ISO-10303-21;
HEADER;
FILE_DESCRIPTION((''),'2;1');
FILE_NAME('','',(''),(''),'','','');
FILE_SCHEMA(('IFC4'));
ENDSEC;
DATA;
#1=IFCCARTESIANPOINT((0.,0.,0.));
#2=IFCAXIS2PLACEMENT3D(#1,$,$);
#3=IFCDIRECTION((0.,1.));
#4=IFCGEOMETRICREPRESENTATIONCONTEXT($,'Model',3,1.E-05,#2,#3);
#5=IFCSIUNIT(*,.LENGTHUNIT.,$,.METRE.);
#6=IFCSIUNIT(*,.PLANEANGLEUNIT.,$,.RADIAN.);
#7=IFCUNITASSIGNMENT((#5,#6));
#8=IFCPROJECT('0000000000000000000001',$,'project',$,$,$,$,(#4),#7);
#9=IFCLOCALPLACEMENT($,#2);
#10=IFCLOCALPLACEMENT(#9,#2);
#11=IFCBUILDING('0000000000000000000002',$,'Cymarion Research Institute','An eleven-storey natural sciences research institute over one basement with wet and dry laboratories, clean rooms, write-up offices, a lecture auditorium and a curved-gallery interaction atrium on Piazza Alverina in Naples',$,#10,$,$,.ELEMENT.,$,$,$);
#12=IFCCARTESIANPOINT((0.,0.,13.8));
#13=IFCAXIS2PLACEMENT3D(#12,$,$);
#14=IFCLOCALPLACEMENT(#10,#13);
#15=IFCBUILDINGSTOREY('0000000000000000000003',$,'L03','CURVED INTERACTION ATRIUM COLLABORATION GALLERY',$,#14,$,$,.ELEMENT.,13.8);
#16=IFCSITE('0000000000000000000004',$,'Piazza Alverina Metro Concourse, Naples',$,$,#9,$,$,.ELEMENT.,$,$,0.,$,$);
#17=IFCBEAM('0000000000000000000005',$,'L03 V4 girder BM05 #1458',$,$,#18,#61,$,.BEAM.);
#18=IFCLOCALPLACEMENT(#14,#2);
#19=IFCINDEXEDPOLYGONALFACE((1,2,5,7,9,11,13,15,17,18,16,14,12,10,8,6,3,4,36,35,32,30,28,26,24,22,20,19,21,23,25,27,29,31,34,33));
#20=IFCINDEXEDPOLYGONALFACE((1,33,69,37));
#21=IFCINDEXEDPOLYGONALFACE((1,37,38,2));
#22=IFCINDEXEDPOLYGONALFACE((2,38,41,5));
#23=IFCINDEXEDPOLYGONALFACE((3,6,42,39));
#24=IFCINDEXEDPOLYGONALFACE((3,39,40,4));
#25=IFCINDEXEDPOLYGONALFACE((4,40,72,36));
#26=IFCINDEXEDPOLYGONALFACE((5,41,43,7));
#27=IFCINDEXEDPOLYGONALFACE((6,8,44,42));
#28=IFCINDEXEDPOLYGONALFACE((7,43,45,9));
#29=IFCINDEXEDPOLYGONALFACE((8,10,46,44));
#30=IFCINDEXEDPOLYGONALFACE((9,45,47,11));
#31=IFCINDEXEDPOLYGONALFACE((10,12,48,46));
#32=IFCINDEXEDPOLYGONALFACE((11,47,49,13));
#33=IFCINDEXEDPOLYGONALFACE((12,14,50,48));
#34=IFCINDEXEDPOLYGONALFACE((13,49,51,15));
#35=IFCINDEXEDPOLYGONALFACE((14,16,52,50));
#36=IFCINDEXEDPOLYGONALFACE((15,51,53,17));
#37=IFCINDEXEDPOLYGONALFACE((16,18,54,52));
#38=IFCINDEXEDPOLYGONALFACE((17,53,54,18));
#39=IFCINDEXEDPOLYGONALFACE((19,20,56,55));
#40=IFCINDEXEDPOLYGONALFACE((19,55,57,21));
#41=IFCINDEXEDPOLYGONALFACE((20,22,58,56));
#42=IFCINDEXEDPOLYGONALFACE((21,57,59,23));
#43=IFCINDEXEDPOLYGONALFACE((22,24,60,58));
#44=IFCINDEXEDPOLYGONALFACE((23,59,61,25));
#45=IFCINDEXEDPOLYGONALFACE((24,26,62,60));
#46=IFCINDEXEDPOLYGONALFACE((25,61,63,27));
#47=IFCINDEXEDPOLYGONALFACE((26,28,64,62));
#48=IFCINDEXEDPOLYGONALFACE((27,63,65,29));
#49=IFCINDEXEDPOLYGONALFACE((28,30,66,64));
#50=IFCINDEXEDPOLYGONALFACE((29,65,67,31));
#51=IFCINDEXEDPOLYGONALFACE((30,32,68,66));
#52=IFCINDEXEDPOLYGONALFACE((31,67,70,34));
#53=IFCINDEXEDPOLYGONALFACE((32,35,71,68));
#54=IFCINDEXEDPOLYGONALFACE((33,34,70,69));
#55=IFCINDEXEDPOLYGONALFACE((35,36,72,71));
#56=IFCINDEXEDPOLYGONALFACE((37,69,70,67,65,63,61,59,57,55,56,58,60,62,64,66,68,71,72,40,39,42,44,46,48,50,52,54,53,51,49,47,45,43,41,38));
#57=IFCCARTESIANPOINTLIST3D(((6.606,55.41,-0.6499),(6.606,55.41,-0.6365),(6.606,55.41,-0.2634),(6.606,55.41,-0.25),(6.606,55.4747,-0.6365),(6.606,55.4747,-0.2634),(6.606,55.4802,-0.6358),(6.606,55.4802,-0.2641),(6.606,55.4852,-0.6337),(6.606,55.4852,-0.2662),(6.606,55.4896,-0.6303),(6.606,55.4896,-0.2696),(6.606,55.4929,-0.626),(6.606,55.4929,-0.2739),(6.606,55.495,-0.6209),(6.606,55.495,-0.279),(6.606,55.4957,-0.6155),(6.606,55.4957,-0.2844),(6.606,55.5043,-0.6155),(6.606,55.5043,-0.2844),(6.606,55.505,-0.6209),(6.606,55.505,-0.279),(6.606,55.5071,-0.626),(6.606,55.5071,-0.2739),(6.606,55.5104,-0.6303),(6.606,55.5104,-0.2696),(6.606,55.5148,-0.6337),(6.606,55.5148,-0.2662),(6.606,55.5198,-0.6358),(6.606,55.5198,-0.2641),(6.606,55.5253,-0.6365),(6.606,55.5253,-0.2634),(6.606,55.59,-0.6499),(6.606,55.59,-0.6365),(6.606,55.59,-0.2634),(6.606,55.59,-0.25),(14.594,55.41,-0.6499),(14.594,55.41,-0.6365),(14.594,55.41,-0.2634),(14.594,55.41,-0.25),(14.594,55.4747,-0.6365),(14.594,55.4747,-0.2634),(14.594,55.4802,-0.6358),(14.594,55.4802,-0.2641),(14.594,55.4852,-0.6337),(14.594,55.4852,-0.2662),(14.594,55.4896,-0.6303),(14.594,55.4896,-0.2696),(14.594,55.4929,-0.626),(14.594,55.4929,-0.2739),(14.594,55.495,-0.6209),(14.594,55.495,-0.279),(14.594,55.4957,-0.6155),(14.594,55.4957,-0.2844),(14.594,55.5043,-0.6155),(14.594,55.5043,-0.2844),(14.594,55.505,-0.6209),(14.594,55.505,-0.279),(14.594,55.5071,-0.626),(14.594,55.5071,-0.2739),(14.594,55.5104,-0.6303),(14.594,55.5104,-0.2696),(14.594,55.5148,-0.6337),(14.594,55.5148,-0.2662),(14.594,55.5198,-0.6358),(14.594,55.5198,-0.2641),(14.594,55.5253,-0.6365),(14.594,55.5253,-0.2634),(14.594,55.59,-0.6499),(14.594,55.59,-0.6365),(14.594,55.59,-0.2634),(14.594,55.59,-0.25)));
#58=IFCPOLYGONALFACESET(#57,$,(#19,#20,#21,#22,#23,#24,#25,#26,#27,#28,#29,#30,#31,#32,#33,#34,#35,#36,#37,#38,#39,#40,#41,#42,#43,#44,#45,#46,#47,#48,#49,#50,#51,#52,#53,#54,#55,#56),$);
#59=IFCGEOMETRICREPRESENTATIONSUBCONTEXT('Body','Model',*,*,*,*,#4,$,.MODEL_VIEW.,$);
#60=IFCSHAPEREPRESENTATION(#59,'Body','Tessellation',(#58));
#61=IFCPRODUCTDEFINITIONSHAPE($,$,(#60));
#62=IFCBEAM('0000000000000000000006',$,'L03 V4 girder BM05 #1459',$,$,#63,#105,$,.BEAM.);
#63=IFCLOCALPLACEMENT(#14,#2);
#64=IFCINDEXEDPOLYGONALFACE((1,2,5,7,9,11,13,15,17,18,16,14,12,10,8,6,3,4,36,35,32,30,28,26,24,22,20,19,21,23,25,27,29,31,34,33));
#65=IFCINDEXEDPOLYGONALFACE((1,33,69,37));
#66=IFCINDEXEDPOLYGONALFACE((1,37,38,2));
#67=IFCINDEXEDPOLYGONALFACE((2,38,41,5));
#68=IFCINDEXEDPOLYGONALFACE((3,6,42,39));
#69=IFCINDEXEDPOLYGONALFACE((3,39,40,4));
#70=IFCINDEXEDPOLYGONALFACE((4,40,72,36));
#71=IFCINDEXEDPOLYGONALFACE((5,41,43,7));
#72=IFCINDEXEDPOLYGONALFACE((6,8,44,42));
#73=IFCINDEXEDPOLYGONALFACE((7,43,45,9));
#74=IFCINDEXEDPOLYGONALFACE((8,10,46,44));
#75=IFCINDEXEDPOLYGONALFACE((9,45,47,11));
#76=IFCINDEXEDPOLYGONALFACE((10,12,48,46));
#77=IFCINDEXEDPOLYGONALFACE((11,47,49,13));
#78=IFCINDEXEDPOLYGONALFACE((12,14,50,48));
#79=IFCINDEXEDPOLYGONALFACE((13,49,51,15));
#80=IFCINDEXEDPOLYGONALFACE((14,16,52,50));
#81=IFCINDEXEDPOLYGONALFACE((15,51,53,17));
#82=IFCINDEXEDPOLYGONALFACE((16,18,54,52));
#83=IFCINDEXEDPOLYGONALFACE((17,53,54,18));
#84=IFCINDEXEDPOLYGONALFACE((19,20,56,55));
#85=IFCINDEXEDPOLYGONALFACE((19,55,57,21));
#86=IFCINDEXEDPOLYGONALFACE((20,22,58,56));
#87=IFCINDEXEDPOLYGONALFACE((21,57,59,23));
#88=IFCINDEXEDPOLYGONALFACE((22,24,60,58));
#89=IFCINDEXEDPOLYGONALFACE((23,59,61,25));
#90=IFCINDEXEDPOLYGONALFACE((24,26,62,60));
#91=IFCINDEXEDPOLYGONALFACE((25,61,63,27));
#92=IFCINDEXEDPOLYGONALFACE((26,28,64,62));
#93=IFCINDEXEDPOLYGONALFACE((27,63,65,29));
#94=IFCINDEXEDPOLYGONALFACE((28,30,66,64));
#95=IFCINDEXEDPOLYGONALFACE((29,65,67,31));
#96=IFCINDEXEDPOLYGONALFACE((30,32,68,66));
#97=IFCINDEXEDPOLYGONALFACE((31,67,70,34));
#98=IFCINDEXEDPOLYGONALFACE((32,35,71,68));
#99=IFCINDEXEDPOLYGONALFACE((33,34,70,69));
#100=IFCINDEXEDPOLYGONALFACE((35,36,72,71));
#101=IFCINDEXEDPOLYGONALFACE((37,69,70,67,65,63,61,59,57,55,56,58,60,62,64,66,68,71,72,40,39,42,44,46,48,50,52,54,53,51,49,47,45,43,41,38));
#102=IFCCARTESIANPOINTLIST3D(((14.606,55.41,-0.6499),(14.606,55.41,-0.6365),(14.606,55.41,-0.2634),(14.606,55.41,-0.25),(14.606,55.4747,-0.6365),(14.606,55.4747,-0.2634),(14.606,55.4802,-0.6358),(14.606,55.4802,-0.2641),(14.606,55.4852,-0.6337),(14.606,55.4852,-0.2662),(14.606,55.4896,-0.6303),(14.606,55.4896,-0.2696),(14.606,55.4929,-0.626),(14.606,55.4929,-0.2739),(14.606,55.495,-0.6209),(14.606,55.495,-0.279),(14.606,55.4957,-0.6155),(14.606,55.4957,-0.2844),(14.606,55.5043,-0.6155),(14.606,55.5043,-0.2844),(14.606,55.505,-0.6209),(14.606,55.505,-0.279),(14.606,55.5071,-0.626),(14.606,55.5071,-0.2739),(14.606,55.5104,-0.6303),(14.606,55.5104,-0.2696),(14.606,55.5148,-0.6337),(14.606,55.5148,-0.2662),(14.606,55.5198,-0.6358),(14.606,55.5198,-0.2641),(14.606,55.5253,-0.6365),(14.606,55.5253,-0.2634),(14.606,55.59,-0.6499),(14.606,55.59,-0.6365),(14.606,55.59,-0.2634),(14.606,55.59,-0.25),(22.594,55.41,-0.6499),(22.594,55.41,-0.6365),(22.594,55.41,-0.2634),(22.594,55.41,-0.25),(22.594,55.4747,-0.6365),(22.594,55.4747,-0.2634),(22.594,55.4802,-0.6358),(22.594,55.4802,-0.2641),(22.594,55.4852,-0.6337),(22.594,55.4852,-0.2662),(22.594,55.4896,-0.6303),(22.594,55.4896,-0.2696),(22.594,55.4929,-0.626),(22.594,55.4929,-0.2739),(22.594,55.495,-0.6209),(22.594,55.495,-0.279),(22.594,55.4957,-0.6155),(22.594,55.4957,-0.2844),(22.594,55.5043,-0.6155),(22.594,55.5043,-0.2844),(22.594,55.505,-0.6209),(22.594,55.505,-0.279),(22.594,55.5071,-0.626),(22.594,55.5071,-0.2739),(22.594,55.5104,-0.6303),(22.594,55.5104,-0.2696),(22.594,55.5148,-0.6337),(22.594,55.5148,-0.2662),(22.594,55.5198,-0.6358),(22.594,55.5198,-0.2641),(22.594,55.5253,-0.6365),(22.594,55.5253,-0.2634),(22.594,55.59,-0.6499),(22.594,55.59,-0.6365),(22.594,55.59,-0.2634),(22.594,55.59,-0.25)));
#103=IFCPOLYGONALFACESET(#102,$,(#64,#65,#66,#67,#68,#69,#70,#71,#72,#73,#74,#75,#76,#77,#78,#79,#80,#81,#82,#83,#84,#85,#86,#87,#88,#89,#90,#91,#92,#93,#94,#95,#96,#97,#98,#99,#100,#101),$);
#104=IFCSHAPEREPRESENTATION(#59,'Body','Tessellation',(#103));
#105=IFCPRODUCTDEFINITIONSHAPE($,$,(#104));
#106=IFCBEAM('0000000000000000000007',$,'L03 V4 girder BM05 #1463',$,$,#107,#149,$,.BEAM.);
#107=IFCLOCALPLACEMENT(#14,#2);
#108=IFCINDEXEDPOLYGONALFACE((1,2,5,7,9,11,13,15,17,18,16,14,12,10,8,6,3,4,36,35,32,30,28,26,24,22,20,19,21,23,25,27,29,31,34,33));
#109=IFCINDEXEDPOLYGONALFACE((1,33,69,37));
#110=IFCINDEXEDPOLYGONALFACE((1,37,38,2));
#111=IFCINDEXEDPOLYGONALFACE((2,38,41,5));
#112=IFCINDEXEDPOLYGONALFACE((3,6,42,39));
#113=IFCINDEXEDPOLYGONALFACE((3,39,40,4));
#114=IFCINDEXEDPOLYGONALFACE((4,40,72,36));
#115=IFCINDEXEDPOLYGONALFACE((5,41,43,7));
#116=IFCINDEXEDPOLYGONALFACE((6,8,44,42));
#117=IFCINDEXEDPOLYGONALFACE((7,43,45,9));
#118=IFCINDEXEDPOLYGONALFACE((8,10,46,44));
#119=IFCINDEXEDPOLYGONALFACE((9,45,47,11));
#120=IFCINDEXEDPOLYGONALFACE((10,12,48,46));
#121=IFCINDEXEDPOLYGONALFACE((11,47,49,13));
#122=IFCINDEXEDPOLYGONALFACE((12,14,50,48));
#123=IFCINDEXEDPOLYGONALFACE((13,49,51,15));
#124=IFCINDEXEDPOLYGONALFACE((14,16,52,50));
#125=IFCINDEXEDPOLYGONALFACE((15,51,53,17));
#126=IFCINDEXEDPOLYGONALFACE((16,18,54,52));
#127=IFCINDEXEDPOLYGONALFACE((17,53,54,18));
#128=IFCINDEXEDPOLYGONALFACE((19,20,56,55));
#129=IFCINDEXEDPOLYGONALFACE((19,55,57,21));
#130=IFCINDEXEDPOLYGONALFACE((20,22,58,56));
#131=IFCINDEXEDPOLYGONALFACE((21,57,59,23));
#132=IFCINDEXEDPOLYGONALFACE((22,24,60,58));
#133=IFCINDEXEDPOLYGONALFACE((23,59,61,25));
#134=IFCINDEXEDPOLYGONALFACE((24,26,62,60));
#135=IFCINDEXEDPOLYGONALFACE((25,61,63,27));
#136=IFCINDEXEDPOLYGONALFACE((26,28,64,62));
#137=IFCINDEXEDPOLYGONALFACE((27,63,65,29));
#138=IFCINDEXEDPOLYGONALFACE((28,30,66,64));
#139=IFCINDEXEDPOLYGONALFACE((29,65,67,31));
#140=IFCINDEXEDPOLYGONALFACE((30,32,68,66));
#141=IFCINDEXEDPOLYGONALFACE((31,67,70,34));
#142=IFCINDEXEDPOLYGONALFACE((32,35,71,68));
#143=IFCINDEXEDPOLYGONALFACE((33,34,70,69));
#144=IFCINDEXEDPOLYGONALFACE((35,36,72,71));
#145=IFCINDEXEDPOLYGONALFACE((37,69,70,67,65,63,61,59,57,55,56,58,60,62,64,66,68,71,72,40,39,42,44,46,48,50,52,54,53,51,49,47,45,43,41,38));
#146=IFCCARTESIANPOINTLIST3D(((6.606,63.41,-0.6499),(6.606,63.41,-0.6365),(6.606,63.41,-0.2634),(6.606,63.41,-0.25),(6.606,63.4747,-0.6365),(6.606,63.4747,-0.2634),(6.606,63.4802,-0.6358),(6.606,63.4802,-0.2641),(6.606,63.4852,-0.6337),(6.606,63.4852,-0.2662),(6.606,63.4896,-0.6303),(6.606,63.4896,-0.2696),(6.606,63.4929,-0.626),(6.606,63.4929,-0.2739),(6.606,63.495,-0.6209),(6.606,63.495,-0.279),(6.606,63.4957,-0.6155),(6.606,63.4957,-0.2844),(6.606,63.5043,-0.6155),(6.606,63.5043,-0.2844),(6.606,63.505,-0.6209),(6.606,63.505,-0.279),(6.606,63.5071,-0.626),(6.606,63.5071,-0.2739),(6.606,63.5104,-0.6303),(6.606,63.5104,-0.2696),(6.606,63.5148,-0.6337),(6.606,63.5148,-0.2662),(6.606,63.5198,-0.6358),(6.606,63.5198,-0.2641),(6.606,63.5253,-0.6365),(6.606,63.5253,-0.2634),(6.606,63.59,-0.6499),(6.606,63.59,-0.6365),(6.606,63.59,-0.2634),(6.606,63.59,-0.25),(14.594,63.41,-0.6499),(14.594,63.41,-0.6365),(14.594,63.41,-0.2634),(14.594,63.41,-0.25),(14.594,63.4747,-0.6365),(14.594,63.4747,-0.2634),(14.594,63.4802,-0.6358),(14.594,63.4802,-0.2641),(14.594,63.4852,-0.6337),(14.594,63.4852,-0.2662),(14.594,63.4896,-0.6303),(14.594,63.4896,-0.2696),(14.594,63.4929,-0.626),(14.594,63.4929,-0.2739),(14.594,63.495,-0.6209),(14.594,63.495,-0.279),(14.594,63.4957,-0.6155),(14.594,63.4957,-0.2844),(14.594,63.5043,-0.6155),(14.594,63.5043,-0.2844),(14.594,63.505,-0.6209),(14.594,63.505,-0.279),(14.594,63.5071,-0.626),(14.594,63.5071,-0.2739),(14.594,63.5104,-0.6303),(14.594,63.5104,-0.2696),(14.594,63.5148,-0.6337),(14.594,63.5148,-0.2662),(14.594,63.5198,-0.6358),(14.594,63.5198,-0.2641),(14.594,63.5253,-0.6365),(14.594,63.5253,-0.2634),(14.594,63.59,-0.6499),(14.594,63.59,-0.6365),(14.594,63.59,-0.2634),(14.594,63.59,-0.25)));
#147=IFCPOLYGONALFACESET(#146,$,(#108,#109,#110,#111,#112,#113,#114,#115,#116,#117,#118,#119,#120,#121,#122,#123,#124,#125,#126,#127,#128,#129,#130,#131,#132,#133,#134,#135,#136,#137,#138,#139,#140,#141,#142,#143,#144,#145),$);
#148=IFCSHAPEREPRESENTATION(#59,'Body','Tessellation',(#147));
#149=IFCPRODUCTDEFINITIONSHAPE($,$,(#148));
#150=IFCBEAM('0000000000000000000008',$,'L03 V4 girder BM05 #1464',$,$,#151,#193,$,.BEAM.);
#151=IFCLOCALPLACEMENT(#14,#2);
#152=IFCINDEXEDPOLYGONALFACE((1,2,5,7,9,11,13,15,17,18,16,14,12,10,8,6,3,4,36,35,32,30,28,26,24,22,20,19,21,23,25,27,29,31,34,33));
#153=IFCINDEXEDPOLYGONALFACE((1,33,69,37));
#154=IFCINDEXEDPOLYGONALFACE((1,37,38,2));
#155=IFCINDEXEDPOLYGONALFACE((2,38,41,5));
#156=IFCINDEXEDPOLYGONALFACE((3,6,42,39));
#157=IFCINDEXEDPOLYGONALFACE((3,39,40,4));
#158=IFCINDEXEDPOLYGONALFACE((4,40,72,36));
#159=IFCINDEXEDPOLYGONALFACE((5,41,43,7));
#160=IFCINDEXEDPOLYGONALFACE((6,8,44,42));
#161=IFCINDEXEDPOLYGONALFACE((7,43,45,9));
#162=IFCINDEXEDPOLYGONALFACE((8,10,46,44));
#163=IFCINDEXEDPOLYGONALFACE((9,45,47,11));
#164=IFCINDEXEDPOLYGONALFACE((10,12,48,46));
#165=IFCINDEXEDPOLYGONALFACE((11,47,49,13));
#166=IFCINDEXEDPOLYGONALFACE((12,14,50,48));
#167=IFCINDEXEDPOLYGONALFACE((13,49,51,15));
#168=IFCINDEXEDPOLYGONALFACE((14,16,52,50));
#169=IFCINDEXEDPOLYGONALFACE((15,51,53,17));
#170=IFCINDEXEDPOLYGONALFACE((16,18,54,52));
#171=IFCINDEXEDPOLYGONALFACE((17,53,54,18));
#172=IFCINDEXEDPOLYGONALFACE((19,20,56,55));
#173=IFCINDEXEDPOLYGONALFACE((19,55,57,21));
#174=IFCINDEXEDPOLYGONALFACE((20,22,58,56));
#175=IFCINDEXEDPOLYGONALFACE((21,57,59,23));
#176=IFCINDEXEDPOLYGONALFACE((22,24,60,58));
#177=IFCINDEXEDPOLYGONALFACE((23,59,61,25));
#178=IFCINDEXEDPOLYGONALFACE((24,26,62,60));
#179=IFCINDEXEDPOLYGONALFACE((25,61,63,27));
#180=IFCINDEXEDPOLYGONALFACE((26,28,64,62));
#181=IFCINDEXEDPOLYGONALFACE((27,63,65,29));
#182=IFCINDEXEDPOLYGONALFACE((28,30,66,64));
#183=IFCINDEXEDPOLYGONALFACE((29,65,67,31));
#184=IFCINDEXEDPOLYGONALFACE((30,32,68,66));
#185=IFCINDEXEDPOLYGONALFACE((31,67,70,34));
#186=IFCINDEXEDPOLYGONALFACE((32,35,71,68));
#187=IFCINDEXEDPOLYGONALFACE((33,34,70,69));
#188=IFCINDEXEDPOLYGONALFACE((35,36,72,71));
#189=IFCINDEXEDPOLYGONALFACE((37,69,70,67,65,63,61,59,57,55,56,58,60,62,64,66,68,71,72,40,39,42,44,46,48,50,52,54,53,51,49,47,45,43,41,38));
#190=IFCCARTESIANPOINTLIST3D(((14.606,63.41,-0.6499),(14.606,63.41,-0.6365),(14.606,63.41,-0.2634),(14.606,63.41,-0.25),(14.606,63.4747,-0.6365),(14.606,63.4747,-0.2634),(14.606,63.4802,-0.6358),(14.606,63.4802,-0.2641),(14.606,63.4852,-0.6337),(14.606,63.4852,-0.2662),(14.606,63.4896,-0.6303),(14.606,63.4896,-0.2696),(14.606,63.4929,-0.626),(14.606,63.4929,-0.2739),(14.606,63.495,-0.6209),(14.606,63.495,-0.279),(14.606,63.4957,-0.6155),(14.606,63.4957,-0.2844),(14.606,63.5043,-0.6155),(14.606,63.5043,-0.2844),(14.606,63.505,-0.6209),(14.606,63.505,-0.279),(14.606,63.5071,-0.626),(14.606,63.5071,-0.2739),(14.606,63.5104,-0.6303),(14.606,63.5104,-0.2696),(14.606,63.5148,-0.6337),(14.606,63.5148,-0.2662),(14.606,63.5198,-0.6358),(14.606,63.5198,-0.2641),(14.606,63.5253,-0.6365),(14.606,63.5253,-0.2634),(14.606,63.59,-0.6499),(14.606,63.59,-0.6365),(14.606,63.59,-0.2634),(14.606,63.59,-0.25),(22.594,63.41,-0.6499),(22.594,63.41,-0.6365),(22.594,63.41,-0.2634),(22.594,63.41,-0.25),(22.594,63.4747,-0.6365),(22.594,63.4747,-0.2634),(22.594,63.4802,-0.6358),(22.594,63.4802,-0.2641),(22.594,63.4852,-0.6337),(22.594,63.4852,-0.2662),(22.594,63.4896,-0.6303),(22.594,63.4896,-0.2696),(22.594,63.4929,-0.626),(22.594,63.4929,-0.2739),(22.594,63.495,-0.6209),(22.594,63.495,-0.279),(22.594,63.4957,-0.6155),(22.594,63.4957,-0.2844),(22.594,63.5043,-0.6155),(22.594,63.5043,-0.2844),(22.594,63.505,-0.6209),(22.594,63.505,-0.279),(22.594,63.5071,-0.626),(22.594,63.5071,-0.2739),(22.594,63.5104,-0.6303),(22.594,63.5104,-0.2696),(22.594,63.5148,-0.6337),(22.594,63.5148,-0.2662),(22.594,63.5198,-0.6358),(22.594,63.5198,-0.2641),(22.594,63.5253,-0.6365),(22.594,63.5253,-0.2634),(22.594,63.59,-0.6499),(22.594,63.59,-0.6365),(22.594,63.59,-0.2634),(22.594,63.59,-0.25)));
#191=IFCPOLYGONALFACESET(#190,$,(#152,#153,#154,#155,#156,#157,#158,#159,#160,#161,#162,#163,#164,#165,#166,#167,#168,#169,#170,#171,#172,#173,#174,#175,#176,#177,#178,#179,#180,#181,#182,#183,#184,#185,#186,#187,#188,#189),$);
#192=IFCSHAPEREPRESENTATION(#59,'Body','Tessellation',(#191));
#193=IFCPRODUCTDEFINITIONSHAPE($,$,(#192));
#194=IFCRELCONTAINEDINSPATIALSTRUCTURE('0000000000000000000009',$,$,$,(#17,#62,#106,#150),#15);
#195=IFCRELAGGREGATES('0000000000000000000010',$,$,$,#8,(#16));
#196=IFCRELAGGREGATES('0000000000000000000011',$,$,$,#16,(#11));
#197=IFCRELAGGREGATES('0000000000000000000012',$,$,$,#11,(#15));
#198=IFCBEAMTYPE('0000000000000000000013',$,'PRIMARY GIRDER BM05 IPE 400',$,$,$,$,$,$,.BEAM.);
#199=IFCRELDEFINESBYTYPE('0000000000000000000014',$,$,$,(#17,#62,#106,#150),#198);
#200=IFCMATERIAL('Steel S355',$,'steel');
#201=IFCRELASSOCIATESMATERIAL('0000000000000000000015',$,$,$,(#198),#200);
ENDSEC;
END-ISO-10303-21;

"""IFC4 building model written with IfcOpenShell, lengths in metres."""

from ifc_helpers import new_model, si_unit, direction, frame, origin, origin_2d, place, context, subcontext, project, spatial, i_section, extrude, material, material_profile, profile_set, type_object, element, save


model = new_model("IFC4")

# Units and contexts
model_context = context("Model", 3, precision=1e-05, world=origin(), true_north=direction((0.0, 1.0)))
body_context = subcontext(model_context, "Body", "Model", "MODEL_VIEW")
ifc_project = project(units=[si_unit("LENGTHUNIT", "METRE"), si_unit("PLANEANGLEUNIT", "RADIAN")], contexts=[model_context])

# Site, building, storey
site_placement = place(None, origin())
site = spatial("IfcSite", under=ifc_project, at=site_placement, Name="Piazza Alverina Metro Concourse, Naples", CompositionType="ELEMENT", RefElevation=0.0)
building_placement = place(site_placement, origin())
building = spatial("IfcBuilding", under=site, at=building_placement, Name="Cymarion Research Institute", Description="An eleven-storey natural sciences research institute over one basement with wet and dry laboratories, clean rooms, write-up offices, a lecture auditorium and a curved-gallery interaction atrium on Piazza Alverina in Naples", CompositionType="ELEMENT")
storey_placement = place(building_placement, frame((0.0, 0.0, 13.8)))
storey = spatial("IfcBuildingStorey", under=building, at=storey_placement, Name="L03", Description="CURVED INTERACTION ATRIUM COLLABORATION GALLERY", CompositionType="ELEMENT", Elevation=13.8)

# Shared definitions
ifc_material_1 = material(Name="Steel S355", Category="steel")

# Beams
ifc_material_profile_1 = material_profile(ifc_material_1, i_section(OverallWidth=0.1799, OverallDepth=0.3999, WebThickness=0.0085, FlangeThickness=0.0134, FilletRadius=0.021, at=origin_2d()), Name="IPE 400")
ifc_profile_set_1 = profile_set([ifc_material_profile_1], Name="Steel S355")
beam_type_1 = type_object("IfcBeamType", Name="PRIMARY GIRDER BM05 IPE 400", PredefinedType="BEAM", material=ifc_profile_set_1)
for number, where, z_axis, x_axis, name in (
    (1, (6.606, 55.5, -0.45), (1.0, 0.0, 0.0), (0.0, 1.0, 0.0), "L03 V4 girder BM05 #1458"),
    (2, (14.606, 55.5, -0.45), (1.0, 0.0, 0.0), (0.0, 1.0, 0.0), "L03 V4 girder BM05 #1459"),
    (3, (6.606, 63.5, -0.45), (1.0, 0.0, 0.0), (0.0, 1.0, 0.0), "L03 V4 girder BM05 #1463"),
    (4, (14.606, 63.5, -0.45), (1.0, 0.0, 0.0), (0.0, 1.0, 0.0), "L03 V4 girder BM05 #1464"),
):
    element("IfcBeam", number, at=place(storey_placement, frame(where, z_axis=z_axis, x_axis=x_axis)), inside=storey, type_object=beam_type_1, Name=name, PredefinedType="BEAM", context=body_context, shape_type="SweptSolid", body=[
        extrude(i_section(OverallWidth=0.1799, OverallDepth=0.3999, WebThickness=0.0085, FlangeThickness=0.0134, FilletRadius=0.021, at=origin_2d()), origin(), (0.0, 0.0, 1.0), 7.988),
    ])

save(model, "model.ifc")
